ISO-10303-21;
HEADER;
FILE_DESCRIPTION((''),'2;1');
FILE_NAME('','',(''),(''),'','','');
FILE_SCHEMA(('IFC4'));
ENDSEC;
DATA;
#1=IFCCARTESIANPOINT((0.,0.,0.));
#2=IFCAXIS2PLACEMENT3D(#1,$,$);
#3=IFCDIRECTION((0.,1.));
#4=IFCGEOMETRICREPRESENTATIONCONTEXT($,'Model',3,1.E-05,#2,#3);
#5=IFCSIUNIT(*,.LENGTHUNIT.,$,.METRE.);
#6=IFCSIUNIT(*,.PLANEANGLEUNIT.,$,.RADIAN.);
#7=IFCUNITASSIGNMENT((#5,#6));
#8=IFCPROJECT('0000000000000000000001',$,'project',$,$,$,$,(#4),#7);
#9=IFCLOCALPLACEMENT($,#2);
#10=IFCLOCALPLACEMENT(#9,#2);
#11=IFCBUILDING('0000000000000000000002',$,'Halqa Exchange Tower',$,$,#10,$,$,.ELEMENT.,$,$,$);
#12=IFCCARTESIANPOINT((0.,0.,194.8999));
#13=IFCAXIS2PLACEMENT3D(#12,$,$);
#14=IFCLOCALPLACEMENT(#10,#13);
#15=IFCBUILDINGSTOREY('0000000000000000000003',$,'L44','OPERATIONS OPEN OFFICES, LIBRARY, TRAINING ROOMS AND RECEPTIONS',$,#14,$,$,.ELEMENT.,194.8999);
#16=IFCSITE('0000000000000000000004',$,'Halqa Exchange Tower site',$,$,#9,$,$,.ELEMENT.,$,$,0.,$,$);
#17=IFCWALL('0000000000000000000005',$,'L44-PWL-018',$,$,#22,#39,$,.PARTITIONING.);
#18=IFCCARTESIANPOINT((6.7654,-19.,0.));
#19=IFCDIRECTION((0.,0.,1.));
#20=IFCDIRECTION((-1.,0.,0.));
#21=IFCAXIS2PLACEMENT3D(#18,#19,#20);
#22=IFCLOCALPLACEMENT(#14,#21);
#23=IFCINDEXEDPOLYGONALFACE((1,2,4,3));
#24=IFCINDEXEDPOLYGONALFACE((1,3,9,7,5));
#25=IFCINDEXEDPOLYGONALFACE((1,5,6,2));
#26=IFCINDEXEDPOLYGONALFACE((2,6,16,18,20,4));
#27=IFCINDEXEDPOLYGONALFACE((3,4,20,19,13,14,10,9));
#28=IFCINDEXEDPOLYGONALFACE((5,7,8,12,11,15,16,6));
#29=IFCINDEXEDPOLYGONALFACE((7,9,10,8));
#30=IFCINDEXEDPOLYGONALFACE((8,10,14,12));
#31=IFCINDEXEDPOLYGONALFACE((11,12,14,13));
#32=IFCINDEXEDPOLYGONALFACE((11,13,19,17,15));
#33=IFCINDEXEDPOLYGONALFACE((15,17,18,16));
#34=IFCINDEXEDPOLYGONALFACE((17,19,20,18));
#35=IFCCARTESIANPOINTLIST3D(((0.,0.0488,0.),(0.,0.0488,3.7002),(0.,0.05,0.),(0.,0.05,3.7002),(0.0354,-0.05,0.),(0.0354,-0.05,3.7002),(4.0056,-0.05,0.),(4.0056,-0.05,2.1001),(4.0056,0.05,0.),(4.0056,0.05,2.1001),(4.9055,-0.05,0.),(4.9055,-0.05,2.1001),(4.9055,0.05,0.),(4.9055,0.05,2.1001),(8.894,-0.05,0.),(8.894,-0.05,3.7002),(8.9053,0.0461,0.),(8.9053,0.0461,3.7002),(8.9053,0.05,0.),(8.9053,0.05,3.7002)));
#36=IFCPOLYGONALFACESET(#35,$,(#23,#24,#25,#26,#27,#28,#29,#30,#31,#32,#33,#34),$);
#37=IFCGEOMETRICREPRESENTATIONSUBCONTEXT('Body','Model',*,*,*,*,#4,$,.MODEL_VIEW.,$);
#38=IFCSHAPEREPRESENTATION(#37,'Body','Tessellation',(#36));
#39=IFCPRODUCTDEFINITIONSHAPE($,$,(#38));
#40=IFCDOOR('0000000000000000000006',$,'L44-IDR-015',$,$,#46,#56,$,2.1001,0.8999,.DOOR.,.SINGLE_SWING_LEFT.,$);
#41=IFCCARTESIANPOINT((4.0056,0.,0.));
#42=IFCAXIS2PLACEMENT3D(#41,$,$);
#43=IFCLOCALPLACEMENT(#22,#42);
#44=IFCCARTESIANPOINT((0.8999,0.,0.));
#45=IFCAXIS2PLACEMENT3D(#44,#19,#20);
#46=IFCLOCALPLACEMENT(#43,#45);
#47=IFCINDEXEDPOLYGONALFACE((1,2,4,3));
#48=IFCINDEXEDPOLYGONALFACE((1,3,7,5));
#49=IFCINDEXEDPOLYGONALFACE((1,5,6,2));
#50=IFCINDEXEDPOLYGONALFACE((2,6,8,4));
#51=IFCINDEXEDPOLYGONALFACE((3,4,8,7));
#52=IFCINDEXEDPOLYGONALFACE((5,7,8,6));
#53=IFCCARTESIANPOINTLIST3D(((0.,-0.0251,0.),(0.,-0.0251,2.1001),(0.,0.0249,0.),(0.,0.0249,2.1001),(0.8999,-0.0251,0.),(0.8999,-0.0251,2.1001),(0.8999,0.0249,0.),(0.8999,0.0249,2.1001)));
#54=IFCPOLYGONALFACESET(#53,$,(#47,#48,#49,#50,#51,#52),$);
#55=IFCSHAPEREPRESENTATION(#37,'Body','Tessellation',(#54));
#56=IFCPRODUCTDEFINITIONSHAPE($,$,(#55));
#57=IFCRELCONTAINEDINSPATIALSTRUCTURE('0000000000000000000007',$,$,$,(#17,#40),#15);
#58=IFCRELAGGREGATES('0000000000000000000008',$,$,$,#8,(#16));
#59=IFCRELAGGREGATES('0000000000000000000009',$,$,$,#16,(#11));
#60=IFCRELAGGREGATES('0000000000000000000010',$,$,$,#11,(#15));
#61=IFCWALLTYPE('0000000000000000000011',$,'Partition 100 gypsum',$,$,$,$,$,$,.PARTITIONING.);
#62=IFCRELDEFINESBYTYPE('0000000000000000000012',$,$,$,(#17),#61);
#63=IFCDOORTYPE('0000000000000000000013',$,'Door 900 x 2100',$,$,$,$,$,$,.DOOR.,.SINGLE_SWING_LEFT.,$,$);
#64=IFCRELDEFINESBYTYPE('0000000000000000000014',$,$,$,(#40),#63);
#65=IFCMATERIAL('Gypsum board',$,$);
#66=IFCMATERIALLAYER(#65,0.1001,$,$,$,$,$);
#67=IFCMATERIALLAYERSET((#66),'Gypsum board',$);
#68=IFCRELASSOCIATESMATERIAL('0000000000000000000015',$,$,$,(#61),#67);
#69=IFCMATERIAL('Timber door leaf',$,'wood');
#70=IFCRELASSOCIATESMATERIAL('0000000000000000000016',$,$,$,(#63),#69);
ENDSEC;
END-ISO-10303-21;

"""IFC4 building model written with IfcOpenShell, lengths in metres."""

from ifc_helpers import new_model, si_unit, direction, frame, frame_2d, origin, place, context, subcontext, project, spatial, polyline, rectangle, outline, extrude, material, layer, layer_set, type_object, element, fill, save


model = new_model("IFC4")

# Units and contexts
model_context = context("Model", 3, precision=1e-05, world=origin(), true_north=direction((0.0, 1.0)))
body_context = subcontext(model_context, "Body", "Model", "MODEL_VIEW")
ifc_project = project(units=[si_unit("LENGTHUNIT", "METRE"), si_unit("PLANEANGLEUNIT", "RADIAN")], contexts=[model_context])

# Site, building, storey
site_placement = place(None, origin())
site = spatial("IfcSite", under=ifc_project, at=site_placement, Name="Halqa Exchange Tower site", CompositionType="ELEMENT", RefElevation=0.0)
building_placement = place(site_placement, origin())
building = spatial("IfcBuilding", under=site, at=building_placement, Name="Halqa Exchange Tower", CompositionType="ELEMENT")
storey_placement = place(building_placement, frame((0.0, 0.0, 194.8999)))
storey = spatial("IfcBuildingStorey", under=building, at=storey_placement, Name="L44", Description="OPERATIONS OPEN OFFICES, LIBRARY, TRAINING ROOMS AND RECEPTIONS", CompositionType="ELEMENT", Elevation=194.8999)

# Wall, opening, door
ifc_material_1 = material(Name="Gypsum board")
ifc_layer_1 = layer(ifc_material_1, 0.1001)
ifc_layer_set_1 = layer_set([ifc_layer_1], Name="Gypsum board")
wall_type_1 = type_object("IfcWallType", Name="Partition 100 gypsum", PredefinedType="PARTITIONING", material=ifc_layer_set_1)
wall_1_placement = place(storey_placement, frame((6.7654, -19.0, 0.0), z_axis=(0.0, 0.0, 1.0), x_axis=(-1.0, 0.0, 0.0)))
wall_1 = element("IfcWall", 1, at=wall_1_placement, inside=storey, type_object=wall_type_1, Name="L44-PWL-018", PredefinedType="PARTITIONING", context=body_context, shape_type="SweptSolid", body=[
    extrude(outline(polyline([(0.0354, -0.05), (1.8071, -0.05), (3.5789, -0.05), (5.3506, -0.05), (7.1223, -0.05), (8.894, -0.05), (8.9053, 0.0461), (8.9053, 0.05), (7.1243, 0.05), (5.3433, 0.05), (3.562, 0.05), (1.781, 0.05), (0.0, 0.05), (0.0, 0.0488), (0.0354, -0.05)])), origin(), (0.0, 0.0, 1.0), 3.7002),
])
opening_1_placement = place(wall_1_placement, frame((4.0056, 0.0, 0.0)))
opening_1 = element("IfcOpeningElement", 2, at=opening_1_placement, cuts=wall_1, PredefinedType="OPENING", context=body_context, shape_type="SweptSolid", body=[
    extrude(rectangle(XDim=0.8999, YDim=2.1001, at=frame_2d((0.45, 1.05))), frame((0.0, 0.062, 0.0), z_axis=(0.0, -1.0, 0.0), x_axis=(1.0, 0.0, 0.0)), (0.0, 0.0, 1.0), 0.124),
])
ifc_material_2 = material(Name="Timber door leaf", Category="wood")
door_type = type_object("IfcDoorType", Name="Door 900 x 2100", OperationType="SINGLE_SWING_LEFT", PredefinedType="DOOR", material=ifc_material_2)
door_placement = place(opening_1_placement, frame((0.8999, 0.0, 0.0), z_axis=(0.0, 0.0, 1.0), x_axis=(-1.0, 0.0, 0.0)))
door = element("IfcDoor", 3, at=door_placement, inside=storey, type_object=door_type, Name="L44-IDR-015", OperationType="SINGLE_SWING_LEFT", OverallHeight=2.1001, OverallWidth=0.8999, PredefinedType="DOOR", context=body_context, shape_type="SweptSolid", body=[
    extrude(rectangle(XDim=0.8999, YDim=2.1001, at=frame_2d((0.45, 1.05))), frame((0.0, 0.0249, 0.0), z_axis=(0.0, -1.0, 0.0), x_axis=(1.0, 0.0, 0.0)), (0.0, 0.0, 1.0), 0.05),
])
fill(opening_1, door)

save(model, "model.ifc")
